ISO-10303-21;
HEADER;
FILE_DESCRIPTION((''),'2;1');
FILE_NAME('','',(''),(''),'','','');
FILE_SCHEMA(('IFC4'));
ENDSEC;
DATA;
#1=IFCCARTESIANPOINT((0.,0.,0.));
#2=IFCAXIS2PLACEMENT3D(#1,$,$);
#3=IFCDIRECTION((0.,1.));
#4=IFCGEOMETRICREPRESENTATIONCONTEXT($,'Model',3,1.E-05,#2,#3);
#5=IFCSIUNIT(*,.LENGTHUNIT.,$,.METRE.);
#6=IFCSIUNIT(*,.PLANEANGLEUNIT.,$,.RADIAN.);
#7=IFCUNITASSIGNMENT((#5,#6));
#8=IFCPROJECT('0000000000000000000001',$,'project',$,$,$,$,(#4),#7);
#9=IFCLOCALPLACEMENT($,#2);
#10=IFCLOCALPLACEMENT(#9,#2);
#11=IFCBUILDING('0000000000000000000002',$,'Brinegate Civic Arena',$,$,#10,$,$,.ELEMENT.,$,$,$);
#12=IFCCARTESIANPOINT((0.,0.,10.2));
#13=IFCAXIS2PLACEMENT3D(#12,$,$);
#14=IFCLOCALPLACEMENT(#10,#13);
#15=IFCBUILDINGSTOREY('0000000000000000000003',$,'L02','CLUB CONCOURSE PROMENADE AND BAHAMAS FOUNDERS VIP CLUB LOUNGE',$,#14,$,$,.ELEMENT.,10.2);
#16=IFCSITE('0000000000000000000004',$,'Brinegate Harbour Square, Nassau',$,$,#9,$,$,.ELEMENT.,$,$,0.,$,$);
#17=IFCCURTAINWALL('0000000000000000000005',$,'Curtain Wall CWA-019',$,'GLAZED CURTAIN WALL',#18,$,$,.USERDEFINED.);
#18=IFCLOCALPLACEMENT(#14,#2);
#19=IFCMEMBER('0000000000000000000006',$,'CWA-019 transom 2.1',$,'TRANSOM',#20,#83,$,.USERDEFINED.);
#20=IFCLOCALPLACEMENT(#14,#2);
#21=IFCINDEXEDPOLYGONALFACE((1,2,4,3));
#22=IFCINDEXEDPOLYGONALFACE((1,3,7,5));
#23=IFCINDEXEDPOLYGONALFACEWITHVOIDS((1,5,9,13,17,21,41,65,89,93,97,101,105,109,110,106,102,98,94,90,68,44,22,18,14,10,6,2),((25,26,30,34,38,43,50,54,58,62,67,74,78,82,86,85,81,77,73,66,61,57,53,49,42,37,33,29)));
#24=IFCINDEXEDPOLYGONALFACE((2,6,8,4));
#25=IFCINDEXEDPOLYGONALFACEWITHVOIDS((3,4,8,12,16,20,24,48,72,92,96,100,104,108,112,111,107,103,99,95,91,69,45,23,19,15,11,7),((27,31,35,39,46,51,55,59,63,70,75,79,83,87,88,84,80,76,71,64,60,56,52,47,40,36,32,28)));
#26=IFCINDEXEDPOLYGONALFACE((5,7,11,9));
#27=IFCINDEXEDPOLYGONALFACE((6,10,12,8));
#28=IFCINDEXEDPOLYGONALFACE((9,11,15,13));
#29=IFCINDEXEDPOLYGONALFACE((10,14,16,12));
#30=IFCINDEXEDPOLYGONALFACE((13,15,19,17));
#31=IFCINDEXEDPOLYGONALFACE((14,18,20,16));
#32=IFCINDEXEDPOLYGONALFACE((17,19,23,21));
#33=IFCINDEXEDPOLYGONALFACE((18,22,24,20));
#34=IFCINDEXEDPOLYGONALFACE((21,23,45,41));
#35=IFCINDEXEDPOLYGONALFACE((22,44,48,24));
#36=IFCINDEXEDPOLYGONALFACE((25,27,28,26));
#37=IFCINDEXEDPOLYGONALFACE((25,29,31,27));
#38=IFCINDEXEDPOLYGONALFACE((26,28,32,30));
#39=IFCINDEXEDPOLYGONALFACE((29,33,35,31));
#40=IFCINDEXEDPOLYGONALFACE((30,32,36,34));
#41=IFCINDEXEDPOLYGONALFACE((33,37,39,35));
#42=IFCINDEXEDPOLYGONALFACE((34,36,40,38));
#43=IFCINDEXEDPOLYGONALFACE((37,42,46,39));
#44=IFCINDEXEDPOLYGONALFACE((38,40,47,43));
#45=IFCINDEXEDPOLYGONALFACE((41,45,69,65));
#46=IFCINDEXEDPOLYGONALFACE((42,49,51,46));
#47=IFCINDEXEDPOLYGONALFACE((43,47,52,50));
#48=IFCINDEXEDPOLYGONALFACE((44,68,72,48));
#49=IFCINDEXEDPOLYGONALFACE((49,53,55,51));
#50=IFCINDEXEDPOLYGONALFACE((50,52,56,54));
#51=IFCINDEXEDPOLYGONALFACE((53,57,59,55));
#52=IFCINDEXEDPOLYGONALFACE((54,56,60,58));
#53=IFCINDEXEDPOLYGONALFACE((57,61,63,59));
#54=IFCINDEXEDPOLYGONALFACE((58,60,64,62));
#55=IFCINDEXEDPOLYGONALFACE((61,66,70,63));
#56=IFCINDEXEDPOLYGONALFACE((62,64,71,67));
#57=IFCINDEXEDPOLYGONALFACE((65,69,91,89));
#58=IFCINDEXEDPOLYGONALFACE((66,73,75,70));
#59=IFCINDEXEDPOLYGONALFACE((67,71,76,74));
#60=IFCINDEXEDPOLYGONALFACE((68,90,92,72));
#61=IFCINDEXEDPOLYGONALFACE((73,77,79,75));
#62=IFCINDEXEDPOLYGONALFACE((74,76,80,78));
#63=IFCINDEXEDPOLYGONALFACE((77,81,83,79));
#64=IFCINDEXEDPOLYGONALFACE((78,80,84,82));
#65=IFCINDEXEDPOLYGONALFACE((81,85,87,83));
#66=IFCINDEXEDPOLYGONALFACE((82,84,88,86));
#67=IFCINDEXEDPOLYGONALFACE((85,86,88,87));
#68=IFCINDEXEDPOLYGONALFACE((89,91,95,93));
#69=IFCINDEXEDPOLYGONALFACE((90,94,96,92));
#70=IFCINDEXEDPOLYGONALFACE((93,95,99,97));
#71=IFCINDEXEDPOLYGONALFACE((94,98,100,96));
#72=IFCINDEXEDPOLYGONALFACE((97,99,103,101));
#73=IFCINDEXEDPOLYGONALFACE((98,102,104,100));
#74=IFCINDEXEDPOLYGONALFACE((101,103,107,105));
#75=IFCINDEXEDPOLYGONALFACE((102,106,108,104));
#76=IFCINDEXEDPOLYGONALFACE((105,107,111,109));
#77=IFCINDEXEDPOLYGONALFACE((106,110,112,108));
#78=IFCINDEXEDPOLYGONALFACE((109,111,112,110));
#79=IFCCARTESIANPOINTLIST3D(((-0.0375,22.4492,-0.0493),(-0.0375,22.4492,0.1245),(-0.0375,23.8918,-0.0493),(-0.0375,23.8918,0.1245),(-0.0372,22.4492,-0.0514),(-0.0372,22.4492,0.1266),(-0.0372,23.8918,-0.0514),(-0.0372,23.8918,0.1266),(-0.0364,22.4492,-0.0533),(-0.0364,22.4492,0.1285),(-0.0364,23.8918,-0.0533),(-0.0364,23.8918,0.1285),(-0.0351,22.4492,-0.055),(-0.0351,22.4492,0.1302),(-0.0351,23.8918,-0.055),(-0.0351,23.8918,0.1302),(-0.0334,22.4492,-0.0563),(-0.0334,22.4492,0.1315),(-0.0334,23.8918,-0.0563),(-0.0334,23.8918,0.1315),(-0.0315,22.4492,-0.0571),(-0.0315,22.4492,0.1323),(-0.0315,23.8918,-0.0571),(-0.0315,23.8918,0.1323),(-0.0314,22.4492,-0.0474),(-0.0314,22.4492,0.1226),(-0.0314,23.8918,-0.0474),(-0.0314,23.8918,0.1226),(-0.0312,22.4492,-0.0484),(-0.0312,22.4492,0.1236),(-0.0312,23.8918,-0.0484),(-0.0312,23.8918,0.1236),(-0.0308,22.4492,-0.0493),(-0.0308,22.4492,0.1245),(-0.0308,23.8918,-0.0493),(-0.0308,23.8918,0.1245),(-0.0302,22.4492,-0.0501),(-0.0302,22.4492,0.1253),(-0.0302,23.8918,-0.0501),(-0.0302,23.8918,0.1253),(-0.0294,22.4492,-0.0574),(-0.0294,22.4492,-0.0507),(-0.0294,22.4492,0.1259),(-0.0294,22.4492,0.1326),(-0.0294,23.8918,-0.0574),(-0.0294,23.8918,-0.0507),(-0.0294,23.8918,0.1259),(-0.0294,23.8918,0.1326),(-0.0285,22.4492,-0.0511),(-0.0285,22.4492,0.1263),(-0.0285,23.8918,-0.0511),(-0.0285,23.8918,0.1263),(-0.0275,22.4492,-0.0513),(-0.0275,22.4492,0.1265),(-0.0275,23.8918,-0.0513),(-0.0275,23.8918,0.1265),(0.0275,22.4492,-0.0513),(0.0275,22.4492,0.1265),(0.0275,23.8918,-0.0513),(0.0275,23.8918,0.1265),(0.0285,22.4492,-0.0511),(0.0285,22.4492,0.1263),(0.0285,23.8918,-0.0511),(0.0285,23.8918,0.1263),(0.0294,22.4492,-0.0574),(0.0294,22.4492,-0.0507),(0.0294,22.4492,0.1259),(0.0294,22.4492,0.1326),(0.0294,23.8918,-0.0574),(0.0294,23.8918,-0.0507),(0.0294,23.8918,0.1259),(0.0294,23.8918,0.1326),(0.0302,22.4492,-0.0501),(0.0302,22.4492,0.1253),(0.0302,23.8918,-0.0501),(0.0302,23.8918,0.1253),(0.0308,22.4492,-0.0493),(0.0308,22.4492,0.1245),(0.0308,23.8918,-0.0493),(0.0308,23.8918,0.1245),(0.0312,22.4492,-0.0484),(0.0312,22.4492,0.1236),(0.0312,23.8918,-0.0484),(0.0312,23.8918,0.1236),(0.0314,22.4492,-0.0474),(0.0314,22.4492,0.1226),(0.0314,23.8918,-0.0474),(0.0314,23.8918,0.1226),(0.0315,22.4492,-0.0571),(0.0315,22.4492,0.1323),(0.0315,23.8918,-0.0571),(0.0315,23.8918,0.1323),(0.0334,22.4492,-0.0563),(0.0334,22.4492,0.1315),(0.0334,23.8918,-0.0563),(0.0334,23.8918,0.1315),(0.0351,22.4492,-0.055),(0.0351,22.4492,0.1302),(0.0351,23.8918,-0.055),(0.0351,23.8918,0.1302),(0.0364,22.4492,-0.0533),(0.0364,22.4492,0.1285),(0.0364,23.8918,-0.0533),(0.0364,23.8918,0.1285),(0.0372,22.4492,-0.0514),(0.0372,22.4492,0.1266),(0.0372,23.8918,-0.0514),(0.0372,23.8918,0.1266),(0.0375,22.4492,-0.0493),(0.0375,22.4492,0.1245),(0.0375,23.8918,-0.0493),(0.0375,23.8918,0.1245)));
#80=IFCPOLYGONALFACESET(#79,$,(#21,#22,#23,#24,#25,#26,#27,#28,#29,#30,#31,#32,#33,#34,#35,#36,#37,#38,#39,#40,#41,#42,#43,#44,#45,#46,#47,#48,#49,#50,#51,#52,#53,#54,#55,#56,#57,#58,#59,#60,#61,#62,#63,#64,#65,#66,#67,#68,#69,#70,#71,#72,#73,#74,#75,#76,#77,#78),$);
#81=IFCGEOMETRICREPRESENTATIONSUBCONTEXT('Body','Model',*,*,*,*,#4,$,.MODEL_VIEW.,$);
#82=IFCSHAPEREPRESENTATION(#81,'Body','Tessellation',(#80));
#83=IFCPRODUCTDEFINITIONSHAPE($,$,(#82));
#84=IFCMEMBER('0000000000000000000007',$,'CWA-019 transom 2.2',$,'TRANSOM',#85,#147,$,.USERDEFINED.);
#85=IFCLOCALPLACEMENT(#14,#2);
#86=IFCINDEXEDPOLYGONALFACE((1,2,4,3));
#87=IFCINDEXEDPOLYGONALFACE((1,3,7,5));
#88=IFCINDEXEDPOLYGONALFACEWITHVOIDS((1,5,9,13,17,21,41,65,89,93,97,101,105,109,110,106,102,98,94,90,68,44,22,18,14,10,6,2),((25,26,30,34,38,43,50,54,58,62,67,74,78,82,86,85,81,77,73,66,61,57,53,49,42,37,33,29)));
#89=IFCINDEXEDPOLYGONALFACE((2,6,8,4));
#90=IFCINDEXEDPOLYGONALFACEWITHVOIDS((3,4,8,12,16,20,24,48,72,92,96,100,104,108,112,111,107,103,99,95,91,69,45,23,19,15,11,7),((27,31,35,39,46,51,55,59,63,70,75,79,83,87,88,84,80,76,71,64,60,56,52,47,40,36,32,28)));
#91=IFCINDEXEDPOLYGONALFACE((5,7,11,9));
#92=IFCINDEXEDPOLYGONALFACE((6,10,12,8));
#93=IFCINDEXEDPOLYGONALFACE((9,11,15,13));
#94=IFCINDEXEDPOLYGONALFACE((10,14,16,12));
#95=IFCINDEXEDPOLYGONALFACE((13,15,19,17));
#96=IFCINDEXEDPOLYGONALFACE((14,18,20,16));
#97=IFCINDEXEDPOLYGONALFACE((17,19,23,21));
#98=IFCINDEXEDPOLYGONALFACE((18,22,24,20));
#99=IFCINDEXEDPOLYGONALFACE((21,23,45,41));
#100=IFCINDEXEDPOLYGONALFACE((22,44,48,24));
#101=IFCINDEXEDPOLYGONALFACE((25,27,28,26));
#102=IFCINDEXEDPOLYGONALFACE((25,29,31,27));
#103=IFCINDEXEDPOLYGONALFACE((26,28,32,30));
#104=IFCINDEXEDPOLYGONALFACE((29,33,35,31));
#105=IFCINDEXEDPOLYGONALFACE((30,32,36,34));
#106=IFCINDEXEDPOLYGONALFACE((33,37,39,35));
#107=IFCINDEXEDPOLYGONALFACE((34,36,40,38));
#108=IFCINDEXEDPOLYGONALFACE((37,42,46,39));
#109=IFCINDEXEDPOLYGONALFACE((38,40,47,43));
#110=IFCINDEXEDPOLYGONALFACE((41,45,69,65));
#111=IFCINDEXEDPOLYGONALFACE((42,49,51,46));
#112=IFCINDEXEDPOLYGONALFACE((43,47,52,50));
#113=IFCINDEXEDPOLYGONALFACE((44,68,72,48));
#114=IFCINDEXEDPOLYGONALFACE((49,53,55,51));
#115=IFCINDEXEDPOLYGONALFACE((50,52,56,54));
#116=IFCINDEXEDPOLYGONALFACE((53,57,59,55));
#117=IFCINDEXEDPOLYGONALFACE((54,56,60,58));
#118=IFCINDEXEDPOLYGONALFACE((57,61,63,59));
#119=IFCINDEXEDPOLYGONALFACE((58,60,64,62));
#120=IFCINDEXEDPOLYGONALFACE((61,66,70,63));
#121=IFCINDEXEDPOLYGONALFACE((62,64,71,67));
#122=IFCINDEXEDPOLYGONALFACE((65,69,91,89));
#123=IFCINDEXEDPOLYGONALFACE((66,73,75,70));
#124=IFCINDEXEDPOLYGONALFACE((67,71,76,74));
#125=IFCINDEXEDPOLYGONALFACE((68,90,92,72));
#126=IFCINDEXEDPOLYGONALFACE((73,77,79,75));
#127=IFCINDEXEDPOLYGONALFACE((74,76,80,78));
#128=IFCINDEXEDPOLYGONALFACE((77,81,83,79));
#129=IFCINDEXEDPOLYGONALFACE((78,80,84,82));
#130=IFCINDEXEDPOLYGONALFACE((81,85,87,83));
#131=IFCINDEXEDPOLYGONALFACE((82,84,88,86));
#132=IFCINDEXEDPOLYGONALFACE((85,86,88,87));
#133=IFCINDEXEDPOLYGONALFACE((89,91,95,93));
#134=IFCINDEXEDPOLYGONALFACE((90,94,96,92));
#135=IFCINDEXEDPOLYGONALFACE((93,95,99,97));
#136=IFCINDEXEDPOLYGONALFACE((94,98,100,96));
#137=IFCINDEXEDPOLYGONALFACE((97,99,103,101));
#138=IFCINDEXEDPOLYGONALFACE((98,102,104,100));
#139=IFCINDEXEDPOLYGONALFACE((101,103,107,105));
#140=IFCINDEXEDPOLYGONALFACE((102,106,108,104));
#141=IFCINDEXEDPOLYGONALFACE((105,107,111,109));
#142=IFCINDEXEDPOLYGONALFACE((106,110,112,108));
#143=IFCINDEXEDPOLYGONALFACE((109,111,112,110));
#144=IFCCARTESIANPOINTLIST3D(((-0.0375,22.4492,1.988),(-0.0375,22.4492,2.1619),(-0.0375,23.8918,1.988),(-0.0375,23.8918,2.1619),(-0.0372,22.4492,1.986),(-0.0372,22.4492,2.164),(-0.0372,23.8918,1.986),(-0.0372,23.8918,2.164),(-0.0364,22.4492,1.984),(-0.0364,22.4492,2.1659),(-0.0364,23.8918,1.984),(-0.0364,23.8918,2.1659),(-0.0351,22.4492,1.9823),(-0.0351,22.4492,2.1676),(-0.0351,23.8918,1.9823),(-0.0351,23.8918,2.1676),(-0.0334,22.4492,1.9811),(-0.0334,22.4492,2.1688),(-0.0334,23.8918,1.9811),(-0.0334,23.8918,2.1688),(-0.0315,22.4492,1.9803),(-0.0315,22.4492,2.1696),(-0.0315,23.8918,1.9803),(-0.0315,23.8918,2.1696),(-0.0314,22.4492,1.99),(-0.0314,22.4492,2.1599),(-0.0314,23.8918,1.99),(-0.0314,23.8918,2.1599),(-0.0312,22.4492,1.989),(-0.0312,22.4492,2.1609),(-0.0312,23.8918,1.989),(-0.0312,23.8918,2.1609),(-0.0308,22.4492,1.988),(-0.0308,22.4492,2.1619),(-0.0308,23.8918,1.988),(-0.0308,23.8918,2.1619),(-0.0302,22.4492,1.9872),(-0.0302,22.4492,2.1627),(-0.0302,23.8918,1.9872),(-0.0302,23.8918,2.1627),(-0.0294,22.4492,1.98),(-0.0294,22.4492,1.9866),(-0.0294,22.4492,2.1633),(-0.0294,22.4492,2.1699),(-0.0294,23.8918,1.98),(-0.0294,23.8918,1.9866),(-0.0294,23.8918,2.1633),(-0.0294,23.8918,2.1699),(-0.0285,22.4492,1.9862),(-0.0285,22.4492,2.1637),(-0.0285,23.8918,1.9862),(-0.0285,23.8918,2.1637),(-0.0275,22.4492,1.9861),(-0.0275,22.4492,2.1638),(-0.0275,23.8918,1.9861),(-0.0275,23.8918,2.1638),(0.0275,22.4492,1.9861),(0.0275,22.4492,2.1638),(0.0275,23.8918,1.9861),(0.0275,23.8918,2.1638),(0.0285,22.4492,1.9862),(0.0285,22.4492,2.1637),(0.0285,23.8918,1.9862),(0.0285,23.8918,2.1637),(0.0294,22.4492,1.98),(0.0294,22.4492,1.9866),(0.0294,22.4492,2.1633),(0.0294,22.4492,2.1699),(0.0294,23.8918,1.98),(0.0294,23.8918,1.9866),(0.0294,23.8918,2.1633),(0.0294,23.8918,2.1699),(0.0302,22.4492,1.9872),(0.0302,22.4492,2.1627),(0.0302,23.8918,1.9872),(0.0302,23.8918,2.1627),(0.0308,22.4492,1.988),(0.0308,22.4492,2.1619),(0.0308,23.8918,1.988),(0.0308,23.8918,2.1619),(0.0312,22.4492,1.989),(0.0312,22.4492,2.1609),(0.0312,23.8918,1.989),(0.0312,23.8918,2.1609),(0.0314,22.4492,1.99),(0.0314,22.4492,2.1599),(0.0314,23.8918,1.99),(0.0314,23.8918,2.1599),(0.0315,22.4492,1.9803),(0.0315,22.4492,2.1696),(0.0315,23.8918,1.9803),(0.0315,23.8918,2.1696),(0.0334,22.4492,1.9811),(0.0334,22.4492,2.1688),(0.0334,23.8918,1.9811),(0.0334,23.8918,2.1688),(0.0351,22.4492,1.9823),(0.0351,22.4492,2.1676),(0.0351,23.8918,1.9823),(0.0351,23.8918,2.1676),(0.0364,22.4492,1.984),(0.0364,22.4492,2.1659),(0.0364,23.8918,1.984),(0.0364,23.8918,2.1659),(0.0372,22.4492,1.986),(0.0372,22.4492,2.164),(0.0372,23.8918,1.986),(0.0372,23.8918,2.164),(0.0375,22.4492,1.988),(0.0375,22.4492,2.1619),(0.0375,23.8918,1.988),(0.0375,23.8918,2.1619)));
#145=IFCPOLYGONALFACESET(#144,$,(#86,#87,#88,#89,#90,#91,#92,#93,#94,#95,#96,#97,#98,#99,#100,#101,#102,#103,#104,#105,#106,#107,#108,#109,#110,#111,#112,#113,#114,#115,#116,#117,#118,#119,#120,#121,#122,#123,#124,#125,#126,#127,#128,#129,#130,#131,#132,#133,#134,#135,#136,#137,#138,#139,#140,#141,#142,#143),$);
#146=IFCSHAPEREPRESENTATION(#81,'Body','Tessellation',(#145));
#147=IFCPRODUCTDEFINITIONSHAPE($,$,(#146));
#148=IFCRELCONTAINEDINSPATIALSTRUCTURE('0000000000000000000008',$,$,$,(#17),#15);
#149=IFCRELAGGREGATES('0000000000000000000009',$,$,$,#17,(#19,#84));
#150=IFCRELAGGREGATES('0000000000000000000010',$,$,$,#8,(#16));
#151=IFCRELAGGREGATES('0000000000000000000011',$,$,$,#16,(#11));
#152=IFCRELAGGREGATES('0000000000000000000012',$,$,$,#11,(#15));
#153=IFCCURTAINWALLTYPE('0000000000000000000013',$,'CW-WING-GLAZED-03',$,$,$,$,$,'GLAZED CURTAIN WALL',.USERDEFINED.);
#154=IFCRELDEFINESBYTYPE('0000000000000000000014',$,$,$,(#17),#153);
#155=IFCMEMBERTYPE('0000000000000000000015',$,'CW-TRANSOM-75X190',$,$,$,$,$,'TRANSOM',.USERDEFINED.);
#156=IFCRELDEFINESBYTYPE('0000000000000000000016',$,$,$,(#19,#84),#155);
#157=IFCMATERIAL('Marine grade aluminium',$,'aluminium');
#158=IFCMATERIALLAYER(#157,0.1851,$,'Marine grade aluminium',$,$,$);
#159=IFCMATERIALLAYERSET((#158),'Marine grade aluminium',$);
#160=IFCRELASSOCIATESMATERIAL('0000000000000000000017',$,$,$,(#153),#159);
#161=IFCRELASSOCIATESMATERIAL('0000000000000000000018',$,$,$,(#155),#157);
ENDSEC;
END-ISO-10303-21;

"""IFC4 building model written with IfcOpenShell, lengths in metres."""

from ifc_helpers import new_model, si_unit, direction, frame, origin, origin_2d, place, context, subcontext, project, spatial, hollow_rectangle, extrude, material, layer, layer_set, material_profile, profile_set, type_object, element, aggregate, save


model = new_model("IFC4")

# Units and contexts
model_context = context("Model", 3, precision=1e-05, world=origin(), true_north=direction((0.0, 1.0)))
body_context = subcontext(model_context, "Body", "Model", "MODEL_VIEW")
ifc_project = project(units=[si_unit("LENGTHUNIT", "METRE"), si_unit("PLANEANGLEUNIT", "RADIAN")], contexts=[model_context])

# Site, building, storey
site_placement = place(None, origin())
site = spatial("IfcSite", under=ifc_project, at=site_placement, Name="Brinegate Harbour Square, Nassau", CompositionType="ELEMENT", RefElevation=0.0)
building_placement = place(site_placement, origin())
building = spatial("IfcBuilding", under=site, at=building_placement, Name="Brinegate Civic Arena", CompositionType="ELEMENT")
storey_placement = place(building_placement, frame((0.0, 0.0, 10.2)))
storey = spatial("IfcBuildingStorey", under=building, at=storey_placement, Name="L02", Description="CLUB CONCOURSE PROMENADE AND BAHAMAS FOUNDERS VIP CLUB LOUNGE", CompositionType="ELEMENT", Elevation=10.2)

# Curtain wall, members
ifc_material_1 = material(Name="Marine grade aluminium", Category="aluminium")
ifc_layer_1 = layer(ifc_material_1, 0.1851, Name="Marine grade aluminium")
ifc_layer_set_1 = layer_set([ifc_layer_1], Name="Marine grade aluminium")
curtain_wall_type = type_object("IfcCurtainWallType", Name="CW-WING-GLAZED-03", ElementType="GLAZED CURTAIN WALL", PredefinedType="USERDEFINED", material=ifc_layer_set_1)
curtain_wall_placement = place(storey_placement, origin())
curtain_wall = element("IfcCurtainWall", 1, at=curtain_wall_placement, inside=storey, type_object=curtain_wall_type, Name="Curtain Wall CWA-019", ObjectType="GLAZED CURTAIN WALL", PredefinedType="USERDEFINED")
ifc_material_profile_1 = material_profile(ifc_material_1, hollow_rectangle(XDim=0.075, YDim=0.1899, WallThickness=0.0061, InnerFilletRadius=0.0039, OuterFilletRadius=0.0081, at=origin_2d()), Name="TRN75X190")
ifc_profile_set_1 = profile_set([ifc_material_profile_1], Name="Marine grade aluminium")
member_type_1 = type_object("IfcMemberType", Name="CW-TRANSOM-75X190", ElementType="TRANSOM", PredefinedType="USERDEFINED", material=ifc_profile_set_1)
member_1_placement = place(storey_placement, frame((0.0, 22.4492, 0.0376), z_axis=(0.0, 1.0, 0.0), x_axis=(-1.0, 0.0, 0.0)))
member_1 = element("IfcMember", 2, at=member_1_placement, type_object=member_type_1, Name="CWA-019 transom 2.1", ObjectType="TRANSOM", PredefinedType="USERDEFINED", context=body_context, shape_type="SweptSolid", body=[
    extrude(hollow_rectangle(XDim=0.075, YDim=0.1899, WallThickness=0.0061, InnerFilletRadius=0.0039, OuterFilletRadius=0.0081, at=origin_2d()), origin(), (0.0, 0.0, 1.0), 1.4426),
])
member_2_placement = place(storey_placement, frame((0.0, 22.4492, 2.075), z_axis=(0.0, 1.0, 0.0), x_axis=(-1.0, 0.0, 0.0)))
member_2 = element("IfcMember", 3, at=member_2_placement, type_object=member_type_1, Name="CWA-019 transom 2.2", ObjectType="TRANSOM", PredefinedType="USERDEFINED", context=body_context, shape_type="SweptSolid", body=[
    extrude(hollow_rectangle(XDim=0.075, YDim=0.1899, WallThickness=0.0061, InnerFilletRadius=0.0039, OuterFilletRadius=0.0081, at=origin_2d()), origin(), (0.0, 0.0, 1.0), 1.4426),
])

aggregate(curtain_wall, [member_1, member_2])

save(model, "model.ifc")
